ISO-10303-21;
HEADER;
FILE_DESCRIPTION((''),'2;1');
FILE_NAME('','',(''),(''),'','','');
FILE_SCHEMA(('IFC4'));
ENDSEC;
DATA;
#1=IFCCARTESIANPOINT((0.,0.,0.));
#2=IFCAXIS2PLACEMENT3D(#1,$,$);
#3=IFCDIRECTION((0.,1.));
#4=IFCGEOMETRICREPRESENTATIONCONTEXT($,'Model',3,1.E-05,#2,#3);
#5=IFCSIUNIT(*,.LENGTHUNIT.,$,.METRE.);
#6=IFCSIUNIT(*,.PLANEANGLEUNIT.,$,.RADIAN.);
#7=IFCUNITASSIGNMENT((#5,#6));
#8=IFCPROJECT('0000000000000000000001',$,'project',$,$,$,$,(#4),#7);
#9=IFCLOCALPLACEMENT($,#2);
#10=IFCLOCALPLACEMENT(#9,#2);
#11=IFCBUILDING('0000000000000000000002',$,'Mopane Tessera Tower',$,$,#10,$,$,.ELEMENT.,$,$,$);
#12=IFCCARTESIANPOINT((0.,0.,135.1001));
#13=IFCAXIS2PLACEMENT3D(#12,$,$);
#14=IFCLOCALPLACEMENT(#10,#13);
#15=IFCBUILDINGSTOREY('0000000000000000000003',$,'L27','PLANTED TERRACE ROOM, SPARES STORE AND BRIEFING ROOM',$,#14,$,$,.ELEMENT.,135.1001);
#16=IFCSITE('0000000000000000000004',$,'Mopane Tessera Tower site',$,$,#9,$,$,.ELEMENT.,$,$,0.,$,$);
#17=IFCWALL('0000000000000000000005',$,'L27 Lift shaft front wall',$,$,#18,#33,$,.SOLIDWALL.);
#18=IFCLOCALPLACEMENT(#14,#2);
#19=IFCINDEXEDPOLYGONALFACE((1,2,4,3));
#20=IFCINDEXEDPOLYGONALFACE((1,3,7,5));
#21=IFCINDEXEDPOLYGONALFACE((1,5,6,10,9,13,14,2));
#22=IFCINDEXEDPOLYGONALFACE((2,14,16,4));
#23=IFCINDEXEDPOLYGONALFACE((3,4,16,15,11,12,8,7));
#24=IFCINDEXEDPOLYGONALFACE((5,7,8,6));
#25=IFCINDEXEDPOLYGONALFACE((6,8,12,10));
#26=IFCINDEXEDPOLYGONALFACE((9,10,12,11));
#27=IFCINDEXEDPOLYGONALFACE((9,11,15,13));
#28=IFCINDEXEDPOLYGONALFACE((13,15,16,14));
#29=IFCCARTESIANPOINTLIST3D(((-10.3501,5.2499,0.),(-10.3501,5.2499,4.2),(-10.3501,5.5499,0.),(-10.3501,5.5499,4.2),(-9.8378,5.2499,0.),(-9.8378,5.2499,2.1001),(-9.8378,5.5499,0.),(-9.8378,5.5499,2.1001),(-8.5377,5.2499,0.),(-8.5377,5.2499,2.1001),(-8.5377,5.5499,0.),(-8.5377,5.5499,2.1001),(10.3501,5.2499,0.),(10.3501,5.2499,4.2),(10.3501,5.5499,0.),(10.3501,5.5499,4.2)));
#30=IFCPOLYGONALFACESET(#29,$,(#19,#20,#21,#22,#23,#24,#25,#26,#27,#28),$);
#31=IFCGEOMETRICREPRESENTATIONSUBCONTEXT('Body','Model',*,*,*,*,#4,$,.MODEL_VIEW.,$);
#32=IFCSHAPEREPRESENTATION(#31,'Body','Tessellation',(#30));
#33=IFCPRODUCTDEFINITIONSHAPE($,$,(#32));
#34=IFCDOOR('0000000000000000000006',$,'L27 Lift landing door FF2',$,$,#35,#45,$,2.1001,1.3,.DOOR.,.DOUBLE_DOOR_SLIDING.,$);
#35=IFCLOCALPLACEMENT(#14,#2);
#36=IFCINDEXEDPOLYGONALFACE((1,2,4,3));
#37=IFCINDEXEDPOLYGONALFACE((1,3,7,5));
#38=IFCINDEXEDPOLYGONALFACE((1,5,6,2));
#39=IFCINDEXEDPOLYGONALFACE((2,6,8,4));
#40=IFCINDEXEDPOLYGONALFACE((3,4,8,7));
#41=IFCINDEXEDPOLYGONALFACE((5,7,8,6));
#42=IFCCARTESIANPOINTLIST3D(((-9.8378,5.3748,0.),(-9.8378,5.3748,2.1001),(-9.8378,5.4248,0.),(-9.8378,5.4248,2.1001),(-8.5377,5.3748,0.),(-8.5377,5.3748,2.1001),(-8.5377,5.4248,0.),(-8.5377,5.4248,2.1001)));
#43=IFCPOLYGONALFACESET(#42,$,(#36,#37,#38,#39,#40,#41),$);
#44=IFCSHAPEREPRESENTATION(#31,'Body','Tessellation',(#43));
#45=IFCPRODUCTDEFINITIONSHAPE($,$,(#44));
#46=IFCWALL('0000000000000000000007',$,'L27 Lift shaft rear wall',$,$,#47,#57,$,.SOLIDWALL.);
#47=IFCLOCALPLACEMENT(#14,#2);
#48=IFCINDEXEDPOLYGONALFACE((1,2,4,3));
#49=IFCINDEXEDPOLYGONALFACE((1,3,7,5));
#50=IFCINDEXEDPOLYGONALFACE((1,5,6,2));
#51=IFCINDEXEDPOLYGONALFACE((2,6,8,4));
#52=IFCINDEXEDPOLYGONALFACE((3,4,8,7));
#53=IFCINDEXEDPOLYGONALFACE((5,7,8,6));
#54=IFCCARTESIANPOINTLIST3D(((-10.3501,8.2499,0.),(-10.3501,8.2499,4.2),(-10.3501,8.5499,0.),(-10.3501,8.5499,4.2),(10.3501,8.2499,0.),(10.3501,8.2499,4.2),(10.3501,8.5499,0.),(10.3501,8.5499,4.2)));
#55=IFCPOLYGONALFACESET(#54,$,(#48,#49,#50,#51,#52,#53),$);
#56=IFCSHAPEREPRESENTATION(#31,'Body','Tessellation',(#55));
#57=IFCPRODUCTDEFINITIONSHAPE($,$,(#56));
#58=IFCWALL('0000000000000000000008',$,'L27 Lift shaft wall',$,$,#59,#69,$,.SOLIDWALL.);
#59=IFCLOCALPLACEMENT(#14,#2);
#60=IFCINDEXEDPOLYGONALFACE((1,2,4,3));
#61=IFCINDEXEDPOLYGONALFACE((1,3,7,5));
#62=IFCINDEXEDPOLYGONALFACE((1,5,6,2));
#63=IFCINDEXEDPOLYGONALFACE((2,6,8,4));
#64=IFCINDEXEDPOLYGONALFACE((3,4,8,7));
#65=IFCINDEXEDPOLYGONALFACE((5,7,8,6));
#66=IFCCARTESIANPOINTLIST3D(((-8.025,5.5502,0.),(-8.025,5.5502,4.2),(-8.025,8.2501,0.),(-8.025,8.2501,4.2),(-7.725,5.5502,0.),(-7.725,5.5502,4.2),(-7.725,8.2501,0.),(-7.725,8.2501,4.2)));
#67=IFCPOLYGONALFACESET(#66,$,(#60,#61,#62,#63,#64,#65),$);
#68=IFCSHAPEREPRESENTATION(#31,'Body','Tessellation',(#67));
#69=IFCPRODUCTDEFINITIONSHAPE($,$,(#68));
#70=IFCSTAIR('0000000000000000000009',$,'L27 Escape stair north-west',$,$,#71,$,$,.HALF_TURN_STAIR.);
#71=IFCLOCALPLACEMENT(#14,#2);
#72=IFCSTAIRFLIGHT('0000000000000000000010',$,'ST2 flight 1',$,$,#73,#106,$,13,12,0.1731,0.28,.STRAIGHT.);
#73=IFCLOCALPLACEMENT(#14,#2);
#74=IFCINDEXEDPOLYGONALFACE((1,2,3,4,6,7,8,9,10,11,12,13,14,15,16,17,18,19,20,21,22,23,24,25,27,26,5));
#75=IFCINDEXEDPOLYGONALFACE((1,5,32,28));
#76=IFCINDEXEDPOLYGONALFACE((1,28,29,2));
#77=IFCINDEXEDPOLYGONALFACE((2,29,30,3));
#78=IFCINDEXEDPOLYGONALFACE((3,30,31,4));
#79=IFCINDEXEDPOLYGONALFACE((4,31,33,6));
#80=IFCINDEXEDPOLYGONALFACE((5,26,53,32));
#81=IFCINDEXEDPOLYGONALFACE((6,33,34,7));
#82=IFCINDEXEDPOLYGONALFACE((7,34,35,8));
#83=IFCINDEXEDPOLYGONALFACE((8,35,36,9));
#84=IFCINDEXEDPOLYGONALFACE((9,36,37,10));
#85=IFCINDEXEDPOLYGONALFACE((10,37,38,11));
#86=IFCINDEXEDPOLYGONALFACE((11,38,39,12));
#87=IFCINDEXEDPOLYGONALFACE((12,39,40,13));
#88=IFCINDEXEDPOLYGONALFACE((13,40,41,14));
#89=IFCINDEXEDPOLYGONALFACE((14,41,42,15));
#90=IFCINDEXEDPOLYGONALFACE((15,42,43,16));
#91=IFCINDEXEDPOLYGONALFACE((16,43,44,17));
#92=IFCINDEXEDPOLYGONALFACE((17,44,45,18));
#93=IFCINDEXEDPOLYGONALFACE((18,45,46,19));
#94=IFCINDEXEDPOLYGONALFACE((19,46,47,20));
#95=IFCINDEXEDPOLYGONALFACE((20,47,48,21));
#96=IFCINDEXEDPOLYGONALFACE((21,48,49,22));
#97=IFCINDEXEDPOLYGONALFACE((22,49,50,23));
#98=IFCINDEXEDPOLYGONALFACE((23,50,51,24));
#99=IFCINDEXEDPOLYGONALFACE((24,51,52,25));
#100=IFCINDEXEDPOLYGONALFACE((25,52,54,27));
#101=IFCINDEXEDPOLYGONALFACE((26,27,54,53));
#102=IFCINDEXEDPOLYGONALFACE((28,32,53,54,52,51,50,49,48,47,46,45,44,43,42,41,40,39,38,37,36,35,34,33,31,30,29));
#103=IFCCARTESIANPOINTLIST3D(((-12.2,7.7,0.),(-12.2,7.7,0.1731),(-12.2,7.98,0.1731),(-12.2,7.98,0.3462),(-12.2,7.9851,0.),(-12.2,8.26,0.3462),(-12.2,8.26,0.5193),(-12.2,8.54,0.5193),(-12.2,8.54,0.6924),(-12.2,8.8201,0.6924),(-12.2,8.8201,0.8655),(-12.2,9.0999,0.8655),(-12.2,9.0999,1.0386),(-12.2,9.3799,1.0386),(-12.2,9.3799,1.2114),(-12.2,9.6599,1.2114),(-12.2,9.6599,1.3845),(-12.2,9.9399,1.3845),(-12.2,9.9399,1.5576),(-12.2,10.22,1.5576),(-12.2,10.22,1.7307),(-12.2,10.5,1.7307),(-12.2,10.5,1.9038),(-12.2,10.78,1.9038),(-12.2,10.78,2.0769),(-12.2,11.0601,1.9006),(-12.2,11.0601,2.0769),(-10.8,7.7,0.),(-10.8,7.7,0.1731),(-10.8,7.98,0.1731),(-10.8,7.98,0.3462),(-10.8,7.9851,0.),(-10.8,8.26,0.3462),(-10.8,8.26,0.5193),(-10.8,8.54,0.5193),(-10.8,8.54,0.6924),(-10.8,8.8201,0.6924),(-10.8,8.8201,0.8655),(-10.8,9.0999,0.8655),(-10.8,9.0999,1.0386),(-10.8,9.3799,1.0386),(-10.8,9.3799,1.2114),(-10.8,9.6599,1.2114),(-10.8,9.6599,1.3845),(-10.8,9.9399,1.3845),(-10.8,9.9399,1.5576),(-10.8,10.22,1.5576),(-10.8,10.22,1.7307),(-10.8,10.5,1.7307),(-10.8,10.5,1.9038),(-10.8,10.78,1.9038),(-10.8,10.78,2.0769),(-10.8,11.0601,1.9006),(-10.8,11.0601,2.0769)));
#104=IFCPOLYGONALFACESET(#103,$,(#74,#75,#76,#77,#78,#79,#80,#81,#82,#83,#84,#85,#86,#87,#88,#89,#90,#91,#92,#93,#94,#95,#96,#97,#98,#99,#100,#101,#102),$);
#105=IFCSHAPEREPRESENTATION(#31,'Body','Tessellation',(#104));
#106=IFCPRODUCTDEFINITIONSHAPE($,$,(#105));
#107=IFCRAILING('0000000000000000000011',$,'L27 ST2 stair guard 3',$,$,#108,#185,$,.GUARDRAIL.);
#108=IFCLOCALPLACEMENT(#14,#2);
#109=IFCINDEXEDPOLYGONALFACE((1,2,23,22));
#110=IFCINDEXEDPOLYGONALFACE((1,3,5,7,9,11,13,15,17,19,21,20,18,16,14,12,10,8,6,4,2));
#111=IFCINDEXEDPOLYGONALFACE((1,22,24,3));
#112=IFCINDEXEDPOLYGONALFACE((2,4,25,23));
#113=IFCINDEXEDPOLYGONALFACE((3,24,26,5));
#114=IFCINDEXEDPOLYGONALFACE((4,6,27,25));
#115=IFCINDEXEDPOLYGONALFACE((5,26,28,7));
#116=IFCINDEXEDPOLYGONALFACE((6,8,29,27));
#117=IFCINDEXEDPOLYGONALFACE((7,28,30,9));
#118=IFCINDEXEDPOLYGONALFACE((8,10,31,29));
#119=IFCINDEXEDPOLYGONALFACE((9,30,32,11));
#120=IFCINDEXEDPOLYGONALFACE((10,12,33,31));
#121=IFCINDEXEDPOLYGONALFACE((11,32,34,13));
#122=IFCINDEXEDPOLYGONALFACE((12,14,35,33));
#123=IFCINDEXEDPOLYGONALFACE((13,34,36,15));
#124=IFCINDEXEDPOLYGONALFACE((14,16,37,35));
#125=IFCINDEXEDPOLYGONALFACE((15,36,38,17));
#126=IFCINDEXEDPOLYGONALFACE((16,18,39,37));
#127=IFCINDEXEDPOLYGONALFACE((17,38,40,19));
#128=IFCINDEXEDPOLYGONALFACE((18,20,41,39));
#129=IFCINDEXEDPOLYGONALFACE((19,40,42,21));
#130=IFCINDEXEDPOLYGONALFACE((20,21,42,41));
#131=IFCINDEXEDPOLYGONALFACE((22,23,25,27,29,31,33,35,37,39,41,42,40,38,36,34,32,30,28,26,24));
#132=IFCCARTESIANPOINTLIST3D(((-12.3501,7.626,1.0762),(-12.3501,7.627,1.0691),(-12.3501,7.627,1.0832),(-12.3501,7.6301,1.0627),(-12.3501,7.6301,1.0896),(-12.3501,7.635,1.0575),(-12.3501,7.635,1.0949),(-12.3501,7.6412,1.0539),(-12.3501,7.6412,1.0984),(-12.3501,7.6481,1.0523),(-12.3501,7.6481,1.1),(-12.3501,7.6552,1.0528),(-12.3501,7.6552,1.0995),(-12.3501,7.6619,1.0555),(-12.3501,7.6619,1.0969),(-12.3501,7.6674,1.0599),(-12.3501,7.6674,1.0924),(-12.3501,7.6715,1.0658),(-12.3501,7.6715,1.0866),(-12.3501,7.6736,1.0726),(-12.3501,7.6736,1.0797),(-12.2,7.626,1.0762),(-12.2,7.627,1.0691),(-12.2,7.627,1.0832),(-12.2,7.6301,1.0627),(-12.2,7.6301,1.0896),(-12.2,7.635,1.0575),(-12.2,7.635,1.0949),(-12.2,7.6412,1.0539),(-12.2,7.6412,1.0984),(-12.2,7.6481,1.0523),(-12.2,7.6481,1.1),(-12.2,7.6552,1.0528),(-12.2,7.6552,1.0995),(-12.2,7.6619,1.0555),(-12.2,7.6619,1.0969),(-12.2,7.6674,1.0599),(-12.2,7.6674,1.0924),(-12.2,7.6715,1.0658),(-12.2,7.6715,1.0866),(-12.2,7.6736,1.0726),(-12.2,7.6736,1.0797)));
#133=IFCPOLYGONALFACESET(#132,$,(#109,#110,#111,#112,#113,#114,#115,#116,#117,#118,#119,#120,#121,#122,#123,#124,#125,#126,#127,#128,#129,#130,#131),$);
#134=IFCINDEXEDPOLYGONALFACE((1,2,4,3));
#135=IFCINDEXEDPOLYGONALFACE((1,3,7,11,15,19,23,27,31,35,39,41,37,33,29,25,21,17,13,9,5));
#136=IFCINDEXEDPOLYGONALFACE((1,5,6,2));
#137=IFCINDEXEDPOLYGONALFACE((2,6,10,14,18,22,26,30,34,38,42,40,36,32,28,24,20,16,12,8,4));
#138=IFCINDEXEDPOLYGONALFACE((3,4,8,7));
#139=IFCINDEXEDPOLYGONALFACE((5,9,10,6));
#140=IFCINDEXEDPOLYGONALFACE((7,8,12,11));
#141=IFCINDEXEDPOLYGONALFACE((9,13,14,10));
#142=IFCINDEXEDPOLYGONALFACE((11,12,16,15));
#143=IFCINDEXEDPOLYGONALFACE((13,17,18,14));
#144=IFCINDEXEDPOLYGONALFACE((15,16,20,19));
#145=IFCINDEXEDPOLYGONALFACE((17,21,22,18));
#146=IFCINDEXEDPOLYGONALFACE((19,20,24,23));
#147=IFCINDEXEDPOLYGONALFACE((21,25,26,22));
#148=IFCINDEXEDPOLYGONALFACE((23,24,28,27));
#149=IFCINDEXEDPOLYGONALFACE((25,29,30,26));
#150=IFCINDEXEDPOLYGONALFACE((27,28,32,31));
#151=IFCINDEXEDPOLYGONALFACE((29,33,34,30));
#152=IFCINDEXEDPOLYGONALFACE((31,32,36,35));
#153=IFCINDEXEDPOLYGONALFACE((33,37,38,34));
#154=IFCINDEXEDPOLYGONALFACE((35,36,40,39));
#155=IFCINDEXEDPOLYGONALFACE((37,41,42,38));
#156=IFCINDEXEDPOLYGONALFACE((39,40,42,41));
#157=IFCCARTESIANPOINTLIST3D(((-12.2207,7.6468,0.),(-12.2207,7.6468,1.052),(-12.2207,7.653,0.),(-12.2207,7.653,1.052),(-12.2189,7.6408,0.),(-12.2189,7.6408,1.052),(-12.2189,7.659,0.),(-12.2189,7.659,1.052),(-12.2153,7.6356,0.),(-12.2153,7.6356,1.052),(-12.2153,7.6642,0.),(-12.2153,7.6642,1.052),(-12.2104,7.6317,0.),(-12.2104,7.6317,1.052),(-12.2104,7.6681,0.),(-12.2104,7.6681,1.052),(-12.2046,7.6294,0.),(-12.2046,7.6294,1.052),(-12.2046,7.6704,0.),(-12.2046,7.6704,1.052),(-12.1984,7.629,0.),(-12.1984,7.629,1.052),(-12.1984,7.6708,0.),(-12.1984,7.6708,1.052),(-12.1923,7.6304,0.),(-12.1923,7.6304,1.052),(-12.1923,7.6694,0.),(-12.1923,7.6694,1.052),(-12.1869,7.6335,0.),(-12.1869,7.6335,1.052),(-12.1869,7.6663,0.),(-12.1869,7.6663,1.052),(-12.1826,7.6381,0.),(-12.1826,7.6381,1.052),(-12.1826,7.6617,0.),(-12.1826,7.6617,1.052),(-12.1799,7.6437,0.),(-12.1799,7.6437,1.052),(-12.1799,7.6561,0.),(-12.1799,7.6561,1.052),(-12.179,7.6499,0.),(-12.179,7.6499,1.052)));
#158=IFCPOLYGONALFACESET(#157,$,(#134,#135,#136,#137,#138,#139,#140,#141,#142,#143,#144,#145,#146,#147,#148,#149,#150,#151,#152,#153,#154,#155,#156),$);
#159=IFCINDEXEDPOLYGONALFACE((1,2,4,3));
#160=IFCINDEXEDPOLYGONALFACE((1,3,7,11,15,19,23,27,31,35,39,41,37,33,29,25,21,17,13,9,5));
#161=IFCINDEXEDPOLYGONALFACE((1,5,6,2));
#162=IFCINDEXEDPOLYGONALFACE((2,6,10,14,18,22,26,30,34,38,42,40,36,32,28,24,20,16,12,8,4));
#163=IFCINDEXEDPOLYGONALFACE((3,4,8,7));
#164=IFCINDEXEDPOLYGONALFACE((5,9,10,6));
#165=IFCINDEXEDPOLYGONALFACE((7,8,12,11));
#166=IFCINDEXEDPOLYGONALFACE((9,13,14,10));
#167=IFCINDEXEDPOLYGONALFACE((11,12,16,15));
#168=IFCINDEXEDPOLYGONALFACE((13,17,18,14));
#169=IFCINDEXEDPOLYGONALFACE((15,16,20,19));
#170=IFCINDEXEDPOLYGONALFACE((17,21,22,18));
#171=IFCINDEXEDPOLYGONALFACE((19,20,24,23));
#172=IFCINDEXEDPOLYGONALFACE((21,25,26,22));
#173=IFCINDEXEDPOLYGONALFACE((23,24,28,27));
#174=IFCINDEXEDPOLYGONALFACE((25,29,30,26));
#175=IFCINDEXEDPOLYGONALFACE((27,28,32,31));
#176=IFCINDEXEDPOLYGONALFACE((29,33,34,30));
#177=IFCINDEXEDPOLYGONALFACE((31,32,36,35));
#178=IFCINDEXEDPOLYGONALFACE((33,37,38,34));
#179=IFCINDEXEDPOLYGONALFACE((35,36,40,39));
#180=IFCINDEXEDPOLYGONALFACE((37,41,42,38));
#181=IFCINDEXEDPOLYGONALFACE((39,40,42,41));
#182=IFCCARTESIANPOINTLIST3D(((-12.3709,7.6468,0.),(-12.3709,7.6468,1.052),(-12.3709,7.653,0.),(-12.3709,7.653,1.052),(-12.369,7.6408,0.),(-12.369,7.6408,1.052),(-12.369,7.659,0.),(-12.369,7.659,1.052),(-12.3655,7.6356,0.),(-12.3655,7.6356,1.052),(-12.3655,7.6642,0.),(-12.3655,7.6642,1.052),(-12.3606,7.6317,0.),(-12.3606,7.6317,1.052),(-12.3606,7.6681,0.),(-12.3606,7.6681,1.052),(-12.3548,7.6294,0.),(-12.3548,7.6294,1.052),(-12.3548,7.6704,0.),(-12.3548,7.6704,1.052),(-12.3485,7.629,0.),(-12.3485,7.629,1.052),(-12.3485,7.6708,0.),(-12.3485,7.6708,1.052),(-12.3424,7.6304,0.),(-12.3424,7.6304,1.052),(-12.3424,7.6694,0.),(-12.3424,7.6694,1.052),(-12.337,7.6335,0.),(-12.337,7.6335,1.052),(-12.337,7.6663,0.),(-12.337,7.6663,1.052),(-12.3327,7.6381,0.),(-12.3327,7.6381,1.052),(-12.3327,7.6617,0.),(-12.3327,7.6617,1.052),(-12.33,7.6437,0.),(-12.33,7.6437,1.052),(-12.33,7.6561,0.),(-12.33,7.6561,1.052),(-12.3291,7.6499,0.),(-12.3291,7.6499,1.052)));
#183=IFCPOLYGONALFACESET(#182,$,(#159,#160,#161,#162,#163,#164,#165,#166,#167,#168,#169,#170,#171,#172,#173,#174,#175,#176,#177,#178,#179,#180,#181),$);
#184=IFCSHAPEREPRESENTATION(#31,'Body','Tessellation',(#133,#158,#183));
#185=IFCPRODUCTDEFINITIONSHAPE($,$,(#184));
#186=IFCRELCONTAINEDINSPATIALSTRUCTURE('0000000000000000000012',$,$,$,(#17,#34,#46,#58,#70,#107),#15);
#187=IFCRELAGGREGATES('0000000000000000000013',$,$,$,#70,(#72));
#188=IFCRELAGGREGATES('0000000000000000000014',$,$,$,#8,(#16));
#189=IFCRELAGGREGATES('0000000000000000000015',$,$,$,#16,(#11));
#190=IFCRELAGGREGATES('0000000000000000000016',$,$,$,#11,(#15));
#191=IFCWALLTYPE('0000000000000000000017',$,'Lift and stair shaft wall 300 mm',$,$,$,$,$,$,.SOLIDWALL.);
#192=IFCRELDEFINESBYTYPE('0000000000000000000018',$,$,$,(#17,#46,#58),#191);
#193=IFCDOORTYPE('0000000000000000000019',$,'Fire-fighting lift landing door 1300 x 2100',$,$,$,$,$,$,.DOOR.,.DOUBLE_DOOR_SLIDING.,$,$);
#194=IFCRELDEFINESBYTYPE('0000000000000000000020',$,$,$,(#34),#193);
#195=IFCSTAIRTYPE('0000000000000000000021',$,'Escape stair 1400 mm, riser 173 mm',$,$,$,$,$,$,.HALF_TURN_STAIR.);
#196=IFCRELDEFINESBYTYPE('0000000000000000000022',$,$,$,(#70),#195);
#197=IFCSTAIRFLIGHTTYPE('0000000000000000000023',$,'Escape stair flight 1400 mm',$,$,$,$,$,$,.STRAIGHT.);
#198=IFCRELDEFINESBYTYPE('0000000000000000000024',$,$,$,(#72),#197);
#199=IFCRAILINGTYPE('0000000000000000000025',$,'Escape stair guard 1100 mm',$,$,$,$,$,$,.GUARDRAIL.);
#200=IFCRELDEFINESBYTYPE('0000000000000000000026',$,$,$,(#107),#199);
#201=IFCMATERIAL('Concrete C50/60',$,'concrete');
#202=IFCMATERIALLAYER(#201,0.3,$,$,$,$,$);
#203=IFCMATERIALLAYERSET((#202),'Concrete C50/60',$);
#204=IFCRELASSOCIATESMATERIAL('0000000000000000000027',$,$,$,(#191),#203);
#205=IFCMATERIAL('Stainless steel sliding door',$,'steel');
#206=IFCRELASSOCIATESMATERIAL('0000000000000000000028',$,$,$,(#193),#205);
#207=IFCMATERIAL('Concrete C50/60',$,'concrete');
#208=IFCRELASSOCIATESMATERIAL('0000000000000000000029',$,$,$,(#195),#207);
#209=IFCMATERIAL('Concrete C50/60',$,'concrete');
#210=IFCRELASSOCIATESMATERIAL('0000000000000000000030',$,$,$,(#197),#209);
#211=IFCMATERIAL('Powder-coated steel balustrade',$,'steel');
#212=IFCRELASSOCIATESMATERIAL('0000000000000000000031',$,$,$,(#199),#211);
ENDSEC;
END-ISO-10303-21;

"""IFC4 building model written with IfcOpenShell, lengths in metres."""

from ifc_helpers import new_model, si_unit, direction, frame, frame_2d, origin, origin_2d, place, context, subcontext, project, spatial, polyline, rectangle, circle, outline, extrude, material, layer, layer_set, type_object, element, fill, aggregate, save


model = new_model("IFC4")

# Units and contexts
model_context = context("Model", 3, precision=1e-05, world=origin(), true_north=direction((0.0, 1.0)))
body_context = subcontext(model_context, "Body", "Model", "MODEL_VIEW")
ifc_project = project(units=[si_unit("LENGTHUNIT", "METRE"), si_unit("PLANEANGLEUNIT", "RADIAN")], contexts=[model_context])

# Site, building, storey
site_placement = place(None, origin())
site = spatial("IfcSite", under=ifc_project, at=site_placement, Name="Mopane Tessera Tower site", CompositionType="ELEMENT", RefElevation=0.0)
building_placement = place(site_placement, origin())
building = spatial("IfcBuilding", under=site, at=building_placement, Name="Mopane Tessera Tower", CompositionType="ELEMENT")
storey_placement = place(building_placement, frame((0.0, 0.0, 135.1001)))
storey = spatial("IfcBuildingStorey", under=building, at=storey_placement, Name="L27", Description="PLANTED TERRACE ROOM, SPARES STORE AND BRIEFING ROOM", CompositionType="ELEMENT", Elevation=135.1001)

# Shared definitions
ifc_material_1 = material(Name="Concrete C50/60", Category="concrete")
ifc_layer_1 = layer(ifc_material_1, 0.3)
ifc_layer_set_1 = layer_set([ifc_layer_1], Name="Concrete C50/60")
wall_type_1 = type_object("IfcWallType", Name="Lift and stair shaft wall 300 mm", PredefinedType="SOLIDWALL", material=ifc_layer_set_1)

# Shared definitions
ifc_material_2 = material(Name="Stainless steel sliding door", Category="steel")
door_type_1 = type_object("IfcDoorType", Name="Fire-fighting lift landing door 1300 x 2100", OperationType="DOUBLE_DOOR_SLIDING", PredefinedType="DOOR", material=ifc_material_2)

# Wall, opening, door
wall_1_placement = place(storey_placement, frame((-10.3501, 5.3999, 0.0), z_axis=(0.0, 0.0, 1.0), x_axis=(1.0, 0.0, 0.0)))
wall_1 = element("IfcWall", 1, at=wall_1_placement, inside=storey, type_object=wall_type_1, Name="L27 Lift shaft front wall", PredefinedType="SOLIDWALL", context=body_context, shape_type="SweptSolid", body=[
    extrude(rectangle(XDim=20.7002, YDim=0.3, at=frame_2d((10.3501, 0.0))), origin(), (0.0, 0.0, 1.0), 4.2),
])
opening_1_placement = place(wall_1_placement, frame((0.5125, 0.0, 0.0)))
opening_1 = element("IfcOpeningElement", 2, at=opening_1_placement, cuts=wall_1, PredefinedType="OPENING", context=body_context, shape_type="SweptSolid", body=[
    extrude(rectangle(XDim=1.3, YDim=2.1001, at=frame_2d((0.6499, 1.05))), frame((0.0, 0.1621, 0.0), z_axis=(0.0, -1.0, 0.0), x_axis=(1.0, 0.0, 0.0)), (0.0, 0.0, 1.0), 0.324),
])
door_1_placement = place(opening_1_placement, origin())
door_1 = element("IfcDoor", 3, at=door_1_placement, inside=storey, type_object=door_type_1, Name="L27 Lift landing door FF2", OperationType="DOUBLE_DOOR_SLIDING", OverallHeight=2.1001, OverallWidth=1.3, PredefinedType="DOOR", context=body_context, shape_type="SweptSolid", body=[
    extrude(rectangle(XDim=1.3, YDim=2.1001, at=frame_2d((0.6499, 1.05))), frame((0.0, 0.0249, 0.0), z_axis=(0.0, -1.0, 0.0), x_axis=(1.0, 0.0, 0.0)), (0.0, 0.0, 1.0), 0.05),
])
fill(opening_1, door_1)

# Walls
wall_2_placement = place(storey_placement, frame((-10.3501, 8.3999, 0.0), z_axis=(0.0, 0.0, 1.0), x_axis=(1.0, 0.0, 0.0)))
element("IfcWall", 4, at=wall_2_placement, inside=storey, type_object=wall_type_1, Name="L27 Lift shaft rear wall", PredefinedType="SOLIDWALL", context=body_context, shape_type="SweptSolid", body=[
    extrude(rectangle(XDim=20.7002, YDim=0.3, at=frame_2d((10.3501, 0.0))), origin(), (0.0, 0.0, 1.0), 4.2),
])
wall_3_placement = place(storey_placement, frame((-7.875, 5.55, 0.0), z_axis=(0.0, 0.0, 1.0), x_axis=(0.0, 1.0, 0.0)))
element("IfcWall", 5, at=wall_3_placement, inside=storey, type_object=wall_type_1, Name="L27 Lift shaft wall", PredefinedType="SOLIDWALL", context=body_context, shape_type="SweptSolid", body=[
    extrude(rectangle(XDim=2.7, YDim=0.3, at=frame_2d((1.3501, 0.0))), origin(), (0.0, 0.0, 1.0), 4.2),
])

# Stair, stair flight
ifc_material_3 = material(Name="Concrete C50/60", Category="concrete")
stair_type = type_object("IfcStairType", Name="Escape stair 1400 mm, riser 173 mm", PredefinedType="HALF_TURN_STAIR", material=ifc_material_3)
stair_placement = place(storey_placement, origin())
stair = element("IfcStair", 6, at=stair_placement, inside=storey, type_object=stair_type, Name="L27 Escape stair north-west", PredefinedType="HALF_TURN_STAIR")
ifc_material_4 = material(Name="Concrete C50/60", Category="concrete")
stair_flight_type = type_object("IfcStairFlightType", Name="Escape stair flight 1400 mm", PredefinedType="STRAIGHT", material=ifc_material_4)
stair_flight_placement = place(storey_placement, frame((-11.5, 7.7, 0.0), z_axis=(0.0, 0.0, 1.0), x_axis=(0.0, 1.0, 0.0)))
stair_flight = element("IfcStairFlight", 7, at=stair_flight_placement, type_object=stair_flight_type, Name="ST2 flight 1", NumberOfRisers=13, NumberOfTreads=12, PredefinedType="STRAIGHT", RiserHeight=0.1731, TreadLength=0.28, context=body_context, shape_type="SweptSolid", body=[
    extrude(outline(polyline([(0.0, 0.0), (0.0, 0.1731), (0.28, 0.1731), (0.28, 0.3462), (0.5601, 0.3462), (0.5601, 0.5193), (0.8401, 0.5193), (0.8401, 0.6924), (1.1201, 0.6924), (1.1201, 0.8655), (1.3999, 0.8655), (1.3999, 1.0386), (1.6799, 1.0386), (1.6799, 1.2114), (1.96, 1.2114), (1.96, 1.3845), (2.24, 1.3845), (2.24, 1.5576), (2.52, 1.5576), (2.52, 1.7307), (2.8, 1.7307), (2.8, 1.9038), (3.0801, 1.9038), (3.0801, 2.0769), (3.3601, 2.0769), (3.3601, 2.25), (3.3601, 1.9006), (0.2852, 0.0), (0.0, 0.0)])), frame((0.0, 0.7, 0.0), z_axis=(0.0, -1.0, 0.0), x_axis=(1.0, 0.0, 0.0)), (0.0, 0.0, 1.0), 1.3999),
])
aggregate(stair, [stair_flight])

# Railing
ifc_material_5 = material(Name="Powder-coated steel balustrade", Category="steel")
railing_type_1 = type_object("IfcRailingType", Name="Escape stair guard 1100 mm", PredefinedType="GUARDRAIL", material=ifc_material_5)
railing_1_placement = place(storey_placement, frame((-12.2, 7.6499, 0.0)))
element("IfcRailing", 8, at=railing_1_placement, inside=storey, type_object=railing_type_1, Name="L27 ST2 stair guard 3", PredefinedType="GUARDRAIL", context=body_context, shape_type="SweptSolid", body=[
    extrude(circle(Radius=0.0239, at=origin_2d()), frame((0.0, 0.0, 1.0762), z_axis=(-1.0, 0.0, 0.0), x_axis=(0.0, -1.0, 0.0)), (0.0, 0.0, 1.0), 0.1501),
    extrude(circle(Radius=0.021, at=origin_2d()), origin(), (0.0, 0.0, 1.0), 1.052),
    extrude(circle(Radius=0.021, at=origin_2d()), frame((-0.1501, 0.0, 0.0)), (0.0, 0.0, 1.0), 1.052),
])

save(model, "model.ifc")
